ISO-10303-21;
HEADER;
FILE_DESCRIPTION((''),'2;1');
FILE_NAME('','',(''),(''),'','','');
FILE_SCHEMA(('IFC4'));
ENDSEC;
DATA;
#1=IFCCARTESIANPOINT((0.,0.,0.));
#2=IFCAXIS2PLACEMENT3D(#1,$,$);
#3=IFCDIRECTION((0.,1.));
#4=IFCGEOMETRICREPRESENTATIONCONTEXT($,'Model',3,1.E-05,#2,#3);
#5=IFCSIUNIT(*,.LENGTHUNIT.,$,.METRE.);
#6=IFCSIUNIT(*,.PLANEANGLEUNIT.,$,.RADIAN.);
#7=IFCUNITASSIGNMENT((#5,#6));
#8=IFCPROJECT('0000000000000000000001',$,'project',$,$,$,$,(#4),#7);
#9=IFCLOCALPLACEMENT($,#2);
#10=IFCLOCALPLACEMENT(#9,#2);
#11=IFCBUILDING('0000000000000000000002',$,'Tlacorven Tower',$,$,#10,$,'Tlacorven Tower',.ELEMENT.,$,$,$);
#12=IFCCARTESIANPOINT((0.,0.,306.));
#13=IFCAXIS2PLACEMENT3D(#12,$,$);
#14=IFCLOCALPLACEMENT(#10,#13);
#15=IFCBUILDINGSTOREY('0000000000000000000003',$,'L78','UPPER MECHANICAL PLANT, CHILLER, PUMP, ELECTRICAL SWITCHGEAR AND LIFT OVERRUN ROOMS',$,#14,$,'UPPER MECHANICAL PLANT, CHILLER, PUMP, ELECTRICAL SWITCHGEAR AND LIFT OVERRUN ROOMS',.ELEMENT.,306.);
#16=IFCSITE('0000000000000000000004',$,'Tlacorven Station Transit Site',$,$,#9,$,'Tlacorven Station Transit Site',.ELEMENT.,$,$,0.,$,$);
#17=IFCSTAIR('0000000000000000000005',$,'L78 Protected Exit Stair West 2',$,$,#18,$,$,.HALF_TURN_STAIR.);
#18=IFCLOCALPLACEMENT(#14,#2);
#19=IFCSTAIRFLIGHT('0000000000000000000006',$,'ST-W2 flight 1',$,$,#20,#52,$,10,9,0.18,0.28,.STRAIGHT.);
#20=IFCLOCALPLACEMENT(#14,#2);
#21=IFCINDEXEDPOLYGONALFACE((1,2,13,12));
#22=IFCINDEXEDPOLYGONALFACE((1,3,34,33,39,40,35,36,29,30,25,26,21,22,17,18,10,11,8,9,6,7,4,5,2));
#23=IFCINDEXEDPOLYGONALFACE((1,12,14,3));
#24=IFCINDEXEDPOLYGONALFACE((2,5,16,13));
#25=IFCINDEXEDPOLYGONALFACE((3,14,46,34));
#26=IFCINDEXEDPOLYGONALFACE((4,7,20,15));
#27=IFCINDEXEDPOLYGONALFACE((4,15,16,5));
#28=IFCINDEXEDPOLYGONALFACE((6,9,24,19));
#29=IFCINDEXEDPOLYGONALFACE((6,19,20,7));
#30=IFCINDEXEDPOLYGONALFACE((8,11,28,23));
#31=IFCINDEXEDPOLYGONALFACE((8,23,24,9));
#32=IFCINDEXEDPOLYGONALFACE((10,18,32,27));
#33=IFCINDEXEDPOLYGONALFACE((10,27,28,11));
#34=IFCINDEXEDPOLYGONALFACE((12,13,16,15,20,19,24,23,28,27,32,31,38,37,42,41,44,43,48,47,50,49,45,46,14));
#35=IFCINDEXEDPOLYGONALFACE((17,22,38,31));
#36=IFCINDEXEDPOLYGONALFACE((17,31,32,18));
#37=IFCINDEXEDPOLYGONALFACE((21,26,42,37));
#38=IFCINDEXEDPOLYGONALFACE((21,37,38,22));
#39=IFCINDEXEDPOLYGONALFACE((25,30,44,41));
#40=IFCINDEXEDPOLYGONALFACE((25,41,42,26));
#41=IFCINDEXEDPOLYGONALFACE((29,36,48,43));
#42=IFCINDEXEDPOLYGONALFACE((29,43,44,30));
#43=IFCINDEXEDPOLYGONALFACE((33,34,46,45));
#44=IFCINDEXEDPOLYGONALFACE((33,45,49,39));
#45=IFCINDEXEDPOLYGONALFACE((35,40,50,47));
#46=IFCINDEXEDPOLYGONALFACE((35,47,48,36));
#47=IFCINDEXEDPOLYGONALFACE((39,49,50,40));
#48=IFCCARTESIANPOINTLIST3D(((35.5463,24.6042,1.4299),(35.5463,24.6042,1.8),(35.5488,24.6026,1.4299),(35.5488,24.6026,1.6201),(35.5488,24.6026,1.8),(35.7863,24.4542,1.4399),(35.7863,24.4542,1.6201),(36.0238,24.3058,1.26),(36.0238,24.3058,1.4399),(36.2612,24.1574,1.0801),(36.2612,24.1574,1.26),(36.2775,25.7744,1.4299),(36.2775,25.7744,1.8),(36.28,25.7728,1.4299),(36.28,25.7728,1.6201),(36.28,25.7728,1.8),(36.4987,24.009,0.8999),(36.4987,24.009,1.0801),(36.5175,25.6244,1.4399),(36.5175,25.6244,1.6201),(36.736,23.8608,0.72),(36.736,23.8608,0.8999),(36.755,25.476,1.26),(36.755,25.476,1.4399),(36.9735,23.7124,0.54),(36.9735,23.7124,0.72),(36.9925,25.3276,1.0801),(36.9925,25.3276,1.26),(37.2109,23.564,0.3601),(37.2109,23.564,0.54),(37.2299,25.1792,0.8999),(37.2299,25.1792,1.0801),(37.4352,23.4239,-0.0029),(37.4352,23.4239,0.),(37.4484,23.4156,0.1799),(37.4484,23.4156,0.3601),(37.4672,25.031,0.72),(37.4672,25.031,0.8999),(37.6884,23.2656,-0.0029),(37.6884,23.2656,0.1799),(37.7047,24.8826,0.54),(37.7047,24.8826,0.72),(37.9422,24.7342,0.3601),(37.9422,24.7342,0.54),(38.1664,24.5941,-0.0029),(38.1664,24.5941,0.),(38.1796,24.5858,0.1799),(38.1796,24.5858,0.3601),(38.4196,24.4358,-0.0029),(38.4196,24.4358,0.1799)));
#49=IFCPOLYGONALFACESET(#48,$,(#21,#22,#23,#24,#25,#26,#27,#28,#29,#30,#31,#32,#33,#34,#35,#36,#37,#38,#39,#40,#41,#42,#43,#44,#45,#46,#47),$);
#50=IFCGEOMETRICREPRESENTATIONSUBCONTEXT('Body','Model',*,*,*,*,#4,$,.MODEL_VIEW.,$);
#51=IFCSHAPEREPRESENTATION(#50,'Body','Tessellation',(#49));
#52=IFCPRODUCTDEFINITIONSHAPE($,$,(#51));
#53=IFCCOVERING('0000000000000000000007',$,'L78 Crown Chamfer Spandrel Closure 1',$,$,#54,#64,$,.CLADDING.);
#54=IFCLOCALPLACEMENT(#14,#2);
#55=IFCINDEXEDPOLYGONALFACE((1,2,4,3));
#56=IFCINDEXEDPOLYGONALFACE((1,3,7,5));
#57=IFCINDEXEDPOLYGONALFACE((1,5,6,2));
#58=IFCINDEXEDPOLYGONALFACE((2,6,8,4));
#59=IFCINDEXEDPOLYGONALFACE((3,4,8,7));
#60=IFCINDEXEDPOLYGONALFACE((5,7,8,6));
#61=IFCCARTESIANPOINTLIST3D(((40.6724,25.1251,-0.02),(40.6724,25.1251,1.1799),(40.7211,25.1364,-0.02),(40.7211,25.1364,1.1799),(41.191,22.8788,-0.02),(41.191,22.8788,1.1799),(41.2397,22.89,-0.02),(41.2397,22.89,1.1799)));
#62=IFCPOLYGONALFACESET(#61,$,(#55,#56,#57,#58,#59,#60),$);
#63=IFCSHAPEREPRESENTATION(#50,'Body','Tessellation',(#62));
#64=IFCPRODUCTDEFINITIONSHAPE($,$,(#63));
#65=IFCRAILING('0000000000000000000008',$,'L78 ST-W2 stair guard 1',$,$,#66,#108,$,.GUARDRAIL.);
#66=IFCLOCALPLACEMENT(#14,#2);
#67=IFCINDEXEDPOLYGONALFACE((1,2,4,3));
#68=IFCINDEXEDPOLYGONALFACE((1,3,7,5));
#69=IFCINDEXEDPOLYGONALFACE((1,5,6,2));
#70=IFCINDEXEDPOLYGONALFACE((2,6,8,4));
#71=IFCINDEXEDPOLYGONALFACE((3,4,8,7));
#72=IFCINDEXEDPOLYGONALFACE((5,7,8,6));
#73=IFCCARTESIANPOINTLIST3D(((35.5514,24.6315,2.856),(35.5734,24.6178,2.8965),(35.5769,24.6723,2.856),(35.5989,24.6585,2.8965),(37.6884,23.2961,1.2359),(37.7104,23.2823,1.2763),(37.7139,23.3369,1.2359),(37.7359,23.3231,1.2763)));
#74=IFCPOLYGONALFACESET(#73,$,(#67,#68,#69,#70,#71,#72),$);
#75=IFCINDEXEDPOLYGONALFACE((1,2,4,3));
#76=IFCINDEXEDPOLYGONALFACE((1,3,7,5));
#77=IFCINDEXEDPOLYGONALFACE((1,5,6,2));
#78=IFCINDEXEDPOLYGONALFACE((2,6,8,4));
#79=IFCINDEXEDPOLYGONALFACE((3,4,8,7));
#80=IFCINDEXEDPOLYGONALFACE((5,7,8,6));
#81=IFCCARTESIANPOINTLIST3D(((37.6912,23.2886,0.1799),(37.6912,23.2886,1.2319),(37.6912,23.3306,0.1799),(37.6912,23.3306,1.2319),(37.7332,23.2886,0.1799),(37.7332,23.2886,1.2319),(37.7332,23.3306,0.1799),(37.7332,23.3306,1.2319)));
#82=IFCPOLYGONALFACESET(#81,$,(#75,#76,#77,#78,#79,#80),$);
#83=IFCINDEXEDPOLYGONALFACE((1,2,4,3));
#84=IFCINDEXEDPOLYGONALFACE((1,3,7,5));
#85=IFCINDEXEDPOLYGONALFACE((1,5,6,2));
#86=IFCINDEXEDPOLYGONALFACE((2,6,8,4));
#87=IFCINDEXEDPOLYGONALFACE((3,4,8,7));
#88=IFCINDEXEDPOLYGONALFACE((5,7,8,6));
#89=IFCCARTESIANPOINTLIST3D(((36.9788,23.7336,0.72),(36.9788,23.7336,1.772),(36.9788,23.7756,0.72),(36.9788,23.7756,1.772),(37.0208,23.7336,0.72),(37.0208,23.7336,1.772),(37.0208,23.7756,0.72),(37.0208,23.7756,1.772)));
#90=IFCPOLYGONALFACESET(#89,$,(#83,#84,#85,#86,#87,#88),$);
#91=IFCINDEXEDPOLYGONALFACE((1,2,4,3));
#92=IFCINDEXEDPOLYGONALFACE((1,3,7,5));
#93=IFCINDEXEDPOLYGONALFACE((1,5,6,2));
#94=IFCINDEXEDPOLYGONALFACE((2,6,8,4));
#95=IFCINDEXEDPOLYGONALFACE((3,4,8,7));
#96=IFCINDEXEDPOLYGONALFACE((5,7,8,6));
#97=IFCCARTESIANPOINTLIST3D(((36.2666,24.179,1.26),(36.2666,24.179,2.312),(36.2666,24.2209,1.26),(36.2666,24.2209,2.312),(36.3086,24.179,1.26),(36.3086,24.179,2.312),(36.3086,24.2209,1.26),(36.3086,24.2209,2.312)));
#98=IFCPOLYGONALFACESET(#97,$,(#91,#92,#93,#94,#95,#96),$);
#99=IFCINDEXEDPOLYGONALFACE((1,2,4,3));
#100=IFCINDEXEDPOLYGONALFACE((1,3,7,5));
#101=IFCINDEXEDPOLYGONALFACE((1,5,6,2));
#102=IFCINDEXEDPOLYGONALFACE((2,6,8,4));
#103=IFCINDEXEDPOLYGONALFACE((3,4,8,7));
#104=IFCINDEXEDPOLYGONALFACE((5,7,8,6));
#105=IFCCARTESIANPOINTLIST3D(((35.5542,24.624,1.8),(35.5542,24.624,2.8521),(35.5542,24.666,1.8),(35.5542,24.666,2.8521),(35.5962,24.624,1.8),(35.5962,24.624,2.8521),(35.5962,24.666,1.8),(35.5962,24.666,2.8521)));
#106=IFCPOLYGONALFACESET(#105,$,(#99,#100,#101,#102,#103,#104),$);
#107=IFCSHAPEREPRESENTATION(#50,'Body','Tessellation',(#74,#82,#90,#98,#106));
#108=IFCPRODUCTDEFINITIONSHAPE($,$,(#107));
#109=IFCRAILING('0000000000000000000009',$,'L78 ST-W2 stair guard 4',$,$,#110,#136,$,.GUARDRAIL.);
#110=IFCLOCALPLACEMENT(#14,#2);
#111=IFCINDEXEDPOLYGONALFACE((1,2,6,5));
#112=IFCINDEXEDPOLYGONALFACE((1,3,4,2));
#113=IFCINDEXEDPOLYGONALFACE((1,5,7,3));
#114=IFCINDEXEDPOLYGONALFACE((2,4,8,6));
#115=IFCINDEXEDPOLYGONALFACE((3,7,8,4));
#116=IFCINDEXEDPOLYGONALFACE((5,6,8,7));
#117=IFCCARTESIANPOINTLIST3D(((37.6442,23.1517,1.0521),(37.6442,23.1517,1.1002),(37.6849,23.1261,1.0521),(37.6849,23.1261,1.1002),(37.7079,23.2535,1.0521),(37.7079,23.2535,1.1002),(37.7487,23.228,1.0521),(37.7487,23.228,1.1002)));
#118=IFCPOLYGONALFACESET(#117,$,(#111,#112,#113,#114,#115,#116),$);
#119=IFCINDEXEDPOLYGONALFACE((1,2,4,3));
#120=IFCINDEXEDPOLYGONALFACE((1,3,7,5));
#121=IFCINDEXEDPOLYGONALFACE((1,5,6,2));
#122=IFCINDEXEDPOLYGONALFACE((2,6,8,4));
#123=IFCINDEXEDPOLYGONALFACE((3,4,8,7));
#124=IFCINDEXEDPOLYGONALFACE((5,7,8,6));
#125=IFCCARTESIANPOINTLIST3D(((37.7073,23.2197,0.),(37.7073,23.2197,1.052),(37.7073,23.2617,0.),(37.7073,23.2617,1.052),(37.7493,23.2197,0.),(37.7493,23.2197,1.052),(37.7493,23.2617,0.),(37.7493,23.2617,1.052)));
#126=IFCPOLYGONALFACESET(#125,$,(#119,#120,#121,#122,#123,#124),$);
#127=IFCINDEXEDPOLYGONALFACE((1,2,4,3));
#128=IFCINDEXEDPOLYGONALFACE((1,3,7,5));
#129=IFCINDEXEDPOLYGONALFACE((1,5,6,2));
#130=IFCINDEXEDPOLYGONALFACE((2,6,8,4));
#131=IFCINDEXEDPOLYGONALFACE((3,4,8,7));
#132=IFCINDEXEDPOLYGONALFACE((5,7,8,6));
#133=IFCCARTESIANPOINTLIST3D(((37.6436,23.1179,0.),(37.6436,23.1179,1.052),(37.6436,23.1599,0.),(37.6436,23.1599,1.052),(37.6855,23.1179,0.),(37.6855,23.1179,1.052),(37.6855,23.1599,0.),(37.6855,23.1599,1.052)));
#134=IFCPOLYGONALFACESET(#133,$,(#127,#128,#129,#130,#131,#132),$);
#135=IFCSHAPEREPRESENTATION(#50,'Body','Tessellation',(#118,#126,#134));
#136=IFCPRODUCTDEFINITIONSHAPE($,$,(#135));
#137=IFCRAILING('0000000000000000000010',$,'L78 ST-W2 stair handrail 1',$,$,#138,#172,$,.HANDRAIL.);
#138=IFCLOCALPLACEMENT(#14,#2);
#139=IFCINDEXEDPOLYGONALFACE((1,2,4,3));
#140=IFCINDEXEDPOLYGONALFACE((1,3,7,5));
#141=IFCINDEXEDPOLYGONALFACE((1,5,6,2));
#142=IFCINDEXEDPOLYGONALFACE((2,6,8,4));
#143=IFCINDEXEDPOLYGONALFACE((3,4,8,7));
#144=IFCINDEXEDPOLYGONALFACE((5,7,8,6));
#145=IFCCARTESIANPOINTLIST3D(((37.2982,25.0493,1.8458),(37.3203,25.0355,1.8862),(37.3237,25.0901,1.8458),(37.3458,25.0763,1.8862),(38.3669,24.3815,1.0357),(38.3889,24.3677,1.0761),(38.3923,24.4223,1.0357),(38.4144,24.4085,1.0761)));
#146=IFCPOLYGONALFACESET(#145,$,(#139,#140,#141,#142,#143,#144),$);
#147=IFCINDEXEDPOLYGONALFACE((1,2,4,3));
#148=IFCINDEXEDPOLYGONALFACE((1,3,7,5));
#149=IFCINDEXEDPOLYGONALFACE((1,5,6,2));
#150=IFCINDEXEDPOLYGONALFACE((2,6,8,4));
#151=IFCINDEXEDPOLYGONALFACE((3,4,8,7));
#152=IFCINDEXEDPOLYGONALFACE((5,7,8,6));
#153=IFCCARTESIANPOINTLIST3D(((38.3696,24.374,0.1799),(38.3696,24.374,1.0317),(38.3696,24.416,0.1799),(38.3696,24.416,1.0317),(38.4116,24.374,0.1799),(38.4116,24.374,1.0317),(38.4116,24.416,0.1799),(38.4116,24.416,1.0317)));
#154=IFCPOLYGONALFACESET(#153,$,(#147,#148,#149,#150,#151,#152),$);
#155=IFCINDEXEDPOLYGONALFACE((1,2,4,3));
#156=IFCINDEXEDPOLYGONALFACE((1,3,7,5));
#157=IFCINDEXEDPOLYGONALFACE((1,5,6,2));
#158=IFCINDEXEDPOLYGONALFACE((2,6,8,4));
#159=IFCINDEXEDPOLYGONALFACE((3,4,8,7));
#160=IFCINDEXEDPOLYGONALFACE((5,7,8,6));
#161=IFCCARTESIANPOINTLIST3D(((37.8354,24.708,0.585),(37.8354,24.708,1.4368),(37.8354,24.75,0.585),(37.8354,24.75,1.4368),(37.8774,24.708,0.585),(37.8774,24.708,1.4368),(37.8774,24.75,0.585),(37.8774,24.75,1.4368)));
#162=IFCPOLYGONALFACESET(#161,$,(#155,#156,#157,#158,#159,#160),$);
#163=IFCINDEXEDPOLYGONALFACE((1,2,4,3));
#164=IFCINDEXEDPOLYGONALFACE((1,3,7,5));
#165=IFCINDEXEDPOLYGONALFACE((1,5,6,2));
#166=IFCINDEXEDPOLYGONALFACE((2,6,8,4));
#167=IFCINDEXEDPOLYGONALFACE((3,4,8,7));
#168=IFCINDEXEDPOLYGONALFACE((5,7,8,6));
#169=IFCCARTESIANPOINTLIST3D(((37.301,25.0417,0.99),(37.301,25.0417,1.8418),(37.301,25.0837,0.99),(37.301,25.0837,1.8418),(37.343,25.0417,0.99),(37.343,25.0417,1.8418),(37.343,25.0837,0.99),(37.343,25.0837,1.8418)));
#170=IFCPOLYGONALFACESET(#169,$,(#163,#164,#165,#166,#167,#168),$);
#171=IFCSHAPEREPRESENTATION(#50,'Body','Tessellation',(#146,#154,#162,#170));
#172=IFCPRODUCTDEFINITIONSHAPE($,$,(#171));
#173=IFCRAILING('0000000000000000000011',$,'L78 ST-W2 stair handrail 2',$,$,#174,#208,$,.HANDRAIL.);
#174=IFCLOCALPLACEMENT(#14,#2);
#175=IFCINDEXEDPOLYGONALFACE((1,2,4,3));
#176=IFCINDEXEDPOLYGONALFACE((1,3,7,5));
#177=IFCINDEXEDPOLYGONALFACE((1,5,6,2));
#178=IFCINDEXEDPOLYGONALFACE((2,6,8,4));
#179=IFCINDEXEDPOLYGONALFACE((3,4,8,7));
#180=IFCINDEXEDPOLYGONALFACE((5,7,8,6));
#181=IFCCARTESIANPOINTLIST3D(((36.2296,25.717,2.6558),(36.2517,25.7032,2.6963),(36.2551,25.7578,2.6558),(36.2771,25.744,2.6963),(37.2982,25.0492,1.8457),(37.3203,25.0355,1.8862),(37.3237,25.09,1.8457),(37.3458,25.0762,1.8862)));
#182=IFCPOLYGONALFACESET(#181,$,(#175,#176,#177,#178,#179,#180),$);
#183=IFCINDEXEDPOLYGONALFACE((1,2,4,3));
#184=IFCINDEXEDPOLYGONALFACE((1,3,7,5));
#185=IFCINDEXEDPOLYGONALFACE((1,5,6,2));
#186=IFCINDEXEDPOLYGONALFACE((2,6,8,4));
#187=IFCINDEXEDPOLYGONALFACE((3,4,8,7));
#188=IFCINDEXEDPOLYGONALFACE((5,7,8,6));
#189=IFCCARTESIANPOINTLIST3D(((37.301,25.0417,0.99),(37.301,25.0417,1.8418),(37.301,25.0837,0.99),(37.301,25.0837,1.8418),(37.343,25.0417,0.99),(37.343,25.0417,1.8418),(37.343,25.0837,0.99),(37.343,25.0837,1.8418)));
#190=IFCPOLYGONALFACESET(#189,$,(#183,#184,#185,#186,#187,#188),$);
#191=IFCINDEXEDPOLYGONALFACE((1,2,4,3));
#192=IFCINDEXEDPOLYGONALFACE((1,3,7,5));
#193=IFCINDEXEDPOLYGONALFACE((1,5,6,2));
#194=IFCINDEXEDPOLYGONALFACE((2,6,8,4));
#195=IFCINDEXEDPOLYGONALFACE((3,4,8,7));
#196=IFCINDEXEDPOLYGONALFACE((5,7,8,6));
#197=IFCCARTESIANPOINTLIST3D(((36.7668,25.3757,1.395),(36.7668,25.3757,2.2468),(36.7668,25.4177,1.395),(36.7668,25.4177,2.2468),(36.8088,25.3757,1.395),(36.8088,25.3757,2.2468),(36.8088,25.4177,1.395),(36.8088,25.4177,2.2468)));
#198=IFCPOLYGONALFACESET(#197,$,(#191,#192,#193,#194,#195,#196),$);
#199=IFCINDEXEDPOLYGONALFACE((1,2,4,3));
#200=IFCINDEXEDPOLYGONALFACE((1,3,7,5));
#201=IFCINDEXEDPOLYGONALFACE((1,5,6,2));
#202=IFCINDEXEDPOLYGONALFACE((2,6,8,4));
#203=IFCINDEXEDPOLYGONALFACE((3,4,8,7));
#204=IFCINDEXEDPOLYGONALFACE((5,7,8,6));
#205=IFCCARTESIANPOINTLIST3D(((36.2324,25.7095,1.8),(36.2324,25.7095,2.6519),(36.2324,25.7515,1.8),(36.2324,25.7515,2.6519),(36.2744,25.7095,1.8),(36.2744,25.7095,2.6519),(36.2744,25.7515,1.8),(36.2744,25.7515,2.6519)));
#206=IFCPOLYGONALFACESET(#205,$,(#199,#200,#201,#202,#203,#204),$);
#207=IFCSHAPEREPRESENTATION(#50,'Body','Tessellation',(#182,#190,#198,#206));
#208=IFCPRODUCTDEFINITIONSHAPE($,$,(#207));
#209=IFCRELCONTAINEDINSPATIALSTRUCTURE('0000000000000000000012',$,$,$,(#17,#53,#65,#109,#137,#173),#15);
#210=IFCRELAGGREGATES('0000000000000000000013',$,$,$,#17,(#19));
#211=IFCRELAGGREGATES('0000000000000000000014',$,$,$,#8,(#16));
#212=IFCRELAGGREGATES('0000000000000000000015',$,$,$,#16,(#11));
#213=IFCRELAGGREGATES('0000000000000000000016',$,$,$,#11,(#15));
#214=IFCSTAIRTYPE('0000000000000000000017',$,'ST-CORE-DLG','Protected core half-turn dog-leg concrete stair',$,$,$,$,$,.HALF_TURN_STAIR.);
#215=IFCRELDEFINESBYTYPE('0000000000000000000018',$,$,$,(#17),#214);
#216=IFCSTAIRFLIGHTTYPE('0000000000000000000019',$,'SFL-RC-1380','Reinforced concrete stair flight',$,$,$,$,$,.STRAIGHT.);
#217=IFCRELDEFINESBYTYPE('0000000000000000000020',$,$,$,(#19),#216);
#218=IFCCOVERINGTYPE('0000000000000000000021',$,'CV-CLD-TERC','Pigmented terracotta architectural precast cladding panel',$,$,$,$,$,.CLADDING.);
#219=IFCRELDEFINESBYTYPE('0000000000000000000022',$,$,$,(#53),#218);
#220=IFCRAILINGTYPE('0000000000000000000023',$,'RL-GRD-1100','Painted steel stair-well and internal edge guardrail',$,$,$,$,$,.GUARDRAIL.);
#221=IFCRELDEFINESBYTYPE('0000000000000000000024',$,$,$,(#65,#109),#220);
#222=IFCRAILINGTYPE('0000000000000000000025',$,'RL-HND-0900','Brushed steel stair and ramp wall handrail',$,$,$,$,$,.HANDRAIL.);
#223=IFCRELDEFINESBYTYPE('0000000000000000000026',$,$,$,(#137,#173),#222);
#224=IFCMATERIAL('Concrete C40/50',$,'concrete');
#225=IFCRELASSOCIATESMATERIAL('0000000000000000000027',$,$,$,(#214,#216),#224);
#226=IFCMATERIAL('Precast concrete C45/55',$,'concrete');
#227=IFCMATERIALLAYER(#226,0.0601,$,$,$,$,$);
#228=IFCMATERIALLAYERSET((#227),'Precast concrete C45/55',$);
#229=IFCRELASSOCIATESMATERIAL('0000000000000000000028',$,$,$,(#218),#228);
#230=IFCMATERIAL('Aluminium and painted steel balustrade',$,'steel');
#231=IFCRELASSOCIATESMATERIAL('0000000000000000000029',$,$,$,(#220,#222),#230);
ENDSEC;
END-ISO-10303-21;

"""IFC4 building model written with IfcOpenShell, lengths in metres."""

from ifc_helpers import new_model, si_unit, direction, frame, origin, origin_2d, place, context, subcontext, project, spatial, polyline, rectangle, outline, extrude, source, transform, mapped, material, layer, layer_set, type_object, element, aggregate, save


model = new_model("IFC4")

# Units and contexts
model_context = context("Model", 3, precision=1e-05, world=origin(), true_north=direction((0.0, 1.0)))
body_context = subcontext(model_context, "Body", "Model", "MODEL_VIEW")
ifc_project = project(units=[si_unit("LENGTHUNIT", "METRE"), si_unit("PLANEANGLEUNIT", "RADIAN")], contexts=[model_context])

# Site, building, storey
site_placement = place(None, origin())
site = spatial("IfcSite", under=ifc_project, at=site_placement, Name="Tlacorven Station Transit Site", LongName="Tlacorven Station Transit Site", CompositionType="ELEMENT", RefElevation=0.0)
building_placement = place(site_placement, origin())
building = spatial("IfcBuilding", under=site, at=building_placement, Name="Tlacorven Tower", LongName="Tlacorven Tower", CompositionType="ELEMENT")
storey_placement = place(building_placement, frame((0.0, 0.0, 306.0)))
storey = spatial("IfcBuildingStorey", under=building, at=storey_placement, Name="L78", Description="UPPER MECHANICAL PLANT, CHILLER, PUMP, ELECTRICAL SWITCHGEAR AND LIFT OVERRUN ROOMS", LongName="UPPER MECHANICAL PLANT, CHILLER, PUMP, ELECTRICAL SWITCHGEAR AND LIFT OVERRUN ROOMS", CompositionType="ELEMENT", Elevation=306.0)

# Shared definitions
ifc_material_1 = material(Name="Precast concrete C45/55", Category="concrete")

# Stair, stair flight
ifc_material_2 = material(Name="Concrete C40/50", Category="concrete")
stair_type = type_object("IfcStairType", Name="ST-CORE-DLG", Description="Protected core half-turn dog-leg concrete stair", PredefinedType="HALF_TURN_STAIR", material=ifc_material_2)
stair_placement = place(storey_placement, origin())
stair = element("IfcStair", 1, at=stair_placement, inside=storey, type_object=stair_type, Name="L78 Protected Exit Stair West 2", PredefinedType="HALF_TURN_STAIR")
stair_flight_type = type_object("IfcStairFlightType", Name="SFL-RC-1380", Description="Reinforced concrete stair flight", PredefinedType="STRAIGHT", material=ifc_material_2)
shared_shape_1 = source(origin(), body_context, "Body", "SweptSolid", [
    extrude(outline(polyline([(-0.0029, -0.0029), (-0.0029, 0.1799), (0.28, 0.1799), (0.28, 0.3601), (0.5601, 0.3601), (0.5601, 0.54), (0.8401, 0.54), (0.8401, 0.72), (1.1201, 0.72), (1.1201, 0.8999), (1.3999, 0.8999), (1.3999, 1.0801), (1.6799, 1.0801), (1.6799, 1.26), (1.96, 1.26), (1.96, 1.4399), (2.24, 1.4399), (2.24, 1.6201), (2.52, 1.6201), (2.52, 1.8), (2.5229, 1.8), (2.5229, 1.4299), (2.52, 1.4299), (0.2957, 0.0), (0.2957, -0.0029), (-0.0029, -0.0029)])), frame((0.0, 0.6899, 0.0), z_axis=(0.0, -1.0, 0.0), x_axis=(1.0, 0.0, 0.0)), (0.0, 0.0, 1.0), 1.3799),
])
stair_flight_placement = place(storey_placement, frame((38.0515, 23.8523, 0.0), z_axis=(0.0, 0.0, 1.0), x_axis=(-0.848048, 0.529919, 0.0)))
stair_flight = element("IfcStairFlight", 2, at=stair_flight_placement, type_object=stair_flight_type, Name="ST-W2 flight 1", NumberOfRisers=10, NumberOfTreads=9, PredefinedType="STRAIGHT", RiserHeight=0.18, TreadLength=0.28, context=body_context, shape_type="MappedRepresentation", body=[
    mapped(shared_shape_1, transform((0.0, 0.0, 0.0), scale=1.0)),
])
aggregate(stair, [stair_flight])

# Covering
ifc_layer_1 = layer(ifc_material_1, 0.0601)
ifc_layer_set_1 = layer_set([ifc_layer_1], Name="Precast concrete C45/55")
covering_type = type_object("IfcCoveringType", Name="CV-CLD-TERC", Description="Pigmented terracotta architectural precast cladding panel", PredefinedType="CLADDING", material=ifc_layer_set_1)
shared_shape_2 = source(origin(), body_context, "Body", "SweptSolid", [
    extrude(rectangle(XDim=2.3054, YDim=0.05, at=origin_2d()), origin(), (0.0, 0.0, 1.0), 1.2),
])
covering_placement = place(storey_placement, frame((40.9561, 24.0076, -0.02), z_axis=(0.0, 0.0, 1.0), x_axis=(0.22495, -0.97437, 0.0)))
element("IfcCovering", 3, at=covering_placement, inside=storey, type_object=covering_type, Name="L78 Crown Chamfer Spandrel Closure 1", PredefinedType="CLADDING", context=body_context, shape_type="MappedRepresentation", body=[
    mapped(shared_shape_2, transform((0.0, 0.0, 0.0), scale=1.0)),
])

# Railings
ifc_material_3 = material(Name="Aluminium and painted steel balustrade", Category="steel")
railing_type_1 = type_object("IfcRailingType", Name="RL-GRD-1100", Description="Painted steel stair-well and internal edge guardrail", PredefinedType="GUARDRAIL", material=ifc_material_3)
shared_shape_3 = source(origin(), body_context, "Body", "SweptSolid", [
    extrude(rectangle(XDim=0.0481, YDim=0.0481, at=origin_2d()), frame((0.0, 0.0, 1.0762), z_axis=(-0.71332, 0.445774, 0.540796), x_axis=(-0.529955, -0.848026, 0.0)), (0.0, 0.0, 1.0), 2.9958),
    extrude(rectangle(XDim=0.042, YDim=0.042, at=origin_2d()), origin(), (0.0, 0.0, 1.0), 1.052),
    extrude(rectangle(XDim=0.042, YDim=0.042, at=origin_2d()), frame((-0.7124, 0.4451, 0.54)), (0.0, 0.0, 1.0), 1.052),
    extrude(rectangle(XDim=0.042, YDim=0.042, at=origin_2d()), frame((-1.4246, 0.8904, 1.0801)), (0.0, 0.0, 1.0), 1.052),
    extrude(rectangle(XDim=0.042, YDim=0.042, at=origin_2d()), frame((-2.137, 1.3354, 1.6201)), (0.0, 0.0, 1.0), 1.052),
])
railing_1_placement = place(storey_placement, frame((37.7122, 23.3096, 0.1799)))
element("IfcRailing", 4, at=railing_1_placement, inside=storey, type_object=railing_type_1, Name="L78 ST-W2 stair guard 1", PredefinedType="GUARDRAIL", context=body_context, shape_type="MappedRepresentation", body=[
    mapped(shared_shape_3, transform((0.0, 0.0, 0.0), scale=1.0)),
])
shared_shape_4 = source(origin(), body_context, "Body", "SweptSolid", [
    extrude(rectangle(XDim=0.0481, YDim=0.0481, at=origin_2d()), frame((0.0, 0.0, 1.0762), z_axis=(-0.530547, -0.847656, 0.0), x_axis=(0.847656, -0.530547, 0.0)), (0.0, 0.0, 1.0), 0.1201),
    extrude(rectangle(XDim=0.042, YDim=0.042, at=origin_2d()), origin(), (0.0, 0.0, 1.0), 1.052),
    extrude(rectangle(XDim=0.042, YDim=0.042, at=origin_2d()), frame((-0.0637, -0.1018, 0.0)), (0.0, 0.0, 1.0), 1.052),
])
railing_2_placement = place(storey_placement, frame((37.7283, 23.2407, 0.0)))
element("IfcRailing", 5, at=railing_2_placement, inside=storey, type_object=railing_type_1, Name="L78 ST-W2 stair guard 4", PredefinedType="GUARDRAIL", context=body_context, shape_type="MappedRepresentation", body=[
    mapped(shared_shape_4, transform((0.0, 0.0, 0.0), scale=1.0)),
])
railing_type_2 = type_object("IfcRailingType", Name="RL-HND-0900", Description="Brushed steel stair and ramp wall handrail", PredefinedType="HANDRAIL", material=ifc_material_3)
shared_shape_5 = source(origin(), body_context, "Body", "SweptSolid", [
    extrude(rectangle(XDim=0.0481, YDim=0.0481, at=origin_2d()), frame((0.0, 0.0, 0.876), z_axis=(-0.71336, 0.445748, 0.540765), x_axis=(-0.529912, -0.848053, 0.0)), (0.0, 0.0, 1.0), 1.498),
    extrude(rectangle(XDim=0.042, YDim=0.042, at=origin_2d()), origin(), (0.0, 0.0, 1.0), 0.8518),
    extrude(rectangle(XDim=0.042, YDim=0.042, at=origin_2d()), frame((-0.5342, 0.334, 0.405)), (0.0, 0.0, 1.0), 0.8518),
    extrude(rectangle(XDim=0.042, YDim=0.042, at=origin_2d()), frame((-1.0686, 0.6677, 0.8101)), (0.0, 0.0, 1.0), 0.8518),
])
for number, where, name in (
    (6, (38.3906, 24.395, 0.1799), "L78 ST-W2 stair handrail 1"),
    (7, (37.322, 25.0627, 0.99), "L78 ST-W2 stair handrail 2"),
):
    element("IfcRailing", number, at=place(storey_placement, frame(where)), inside=storey, type_object=railing_type_2, Name=name, PredefinedType="HANDRAIL", context=body_context, shape_type="MappedRepresentation", body=[
        mapped(shared_shape_5, transform((0.0, 0.0, 0.0), scale=1.0)),
    ])

save(model, "model.ifc")
